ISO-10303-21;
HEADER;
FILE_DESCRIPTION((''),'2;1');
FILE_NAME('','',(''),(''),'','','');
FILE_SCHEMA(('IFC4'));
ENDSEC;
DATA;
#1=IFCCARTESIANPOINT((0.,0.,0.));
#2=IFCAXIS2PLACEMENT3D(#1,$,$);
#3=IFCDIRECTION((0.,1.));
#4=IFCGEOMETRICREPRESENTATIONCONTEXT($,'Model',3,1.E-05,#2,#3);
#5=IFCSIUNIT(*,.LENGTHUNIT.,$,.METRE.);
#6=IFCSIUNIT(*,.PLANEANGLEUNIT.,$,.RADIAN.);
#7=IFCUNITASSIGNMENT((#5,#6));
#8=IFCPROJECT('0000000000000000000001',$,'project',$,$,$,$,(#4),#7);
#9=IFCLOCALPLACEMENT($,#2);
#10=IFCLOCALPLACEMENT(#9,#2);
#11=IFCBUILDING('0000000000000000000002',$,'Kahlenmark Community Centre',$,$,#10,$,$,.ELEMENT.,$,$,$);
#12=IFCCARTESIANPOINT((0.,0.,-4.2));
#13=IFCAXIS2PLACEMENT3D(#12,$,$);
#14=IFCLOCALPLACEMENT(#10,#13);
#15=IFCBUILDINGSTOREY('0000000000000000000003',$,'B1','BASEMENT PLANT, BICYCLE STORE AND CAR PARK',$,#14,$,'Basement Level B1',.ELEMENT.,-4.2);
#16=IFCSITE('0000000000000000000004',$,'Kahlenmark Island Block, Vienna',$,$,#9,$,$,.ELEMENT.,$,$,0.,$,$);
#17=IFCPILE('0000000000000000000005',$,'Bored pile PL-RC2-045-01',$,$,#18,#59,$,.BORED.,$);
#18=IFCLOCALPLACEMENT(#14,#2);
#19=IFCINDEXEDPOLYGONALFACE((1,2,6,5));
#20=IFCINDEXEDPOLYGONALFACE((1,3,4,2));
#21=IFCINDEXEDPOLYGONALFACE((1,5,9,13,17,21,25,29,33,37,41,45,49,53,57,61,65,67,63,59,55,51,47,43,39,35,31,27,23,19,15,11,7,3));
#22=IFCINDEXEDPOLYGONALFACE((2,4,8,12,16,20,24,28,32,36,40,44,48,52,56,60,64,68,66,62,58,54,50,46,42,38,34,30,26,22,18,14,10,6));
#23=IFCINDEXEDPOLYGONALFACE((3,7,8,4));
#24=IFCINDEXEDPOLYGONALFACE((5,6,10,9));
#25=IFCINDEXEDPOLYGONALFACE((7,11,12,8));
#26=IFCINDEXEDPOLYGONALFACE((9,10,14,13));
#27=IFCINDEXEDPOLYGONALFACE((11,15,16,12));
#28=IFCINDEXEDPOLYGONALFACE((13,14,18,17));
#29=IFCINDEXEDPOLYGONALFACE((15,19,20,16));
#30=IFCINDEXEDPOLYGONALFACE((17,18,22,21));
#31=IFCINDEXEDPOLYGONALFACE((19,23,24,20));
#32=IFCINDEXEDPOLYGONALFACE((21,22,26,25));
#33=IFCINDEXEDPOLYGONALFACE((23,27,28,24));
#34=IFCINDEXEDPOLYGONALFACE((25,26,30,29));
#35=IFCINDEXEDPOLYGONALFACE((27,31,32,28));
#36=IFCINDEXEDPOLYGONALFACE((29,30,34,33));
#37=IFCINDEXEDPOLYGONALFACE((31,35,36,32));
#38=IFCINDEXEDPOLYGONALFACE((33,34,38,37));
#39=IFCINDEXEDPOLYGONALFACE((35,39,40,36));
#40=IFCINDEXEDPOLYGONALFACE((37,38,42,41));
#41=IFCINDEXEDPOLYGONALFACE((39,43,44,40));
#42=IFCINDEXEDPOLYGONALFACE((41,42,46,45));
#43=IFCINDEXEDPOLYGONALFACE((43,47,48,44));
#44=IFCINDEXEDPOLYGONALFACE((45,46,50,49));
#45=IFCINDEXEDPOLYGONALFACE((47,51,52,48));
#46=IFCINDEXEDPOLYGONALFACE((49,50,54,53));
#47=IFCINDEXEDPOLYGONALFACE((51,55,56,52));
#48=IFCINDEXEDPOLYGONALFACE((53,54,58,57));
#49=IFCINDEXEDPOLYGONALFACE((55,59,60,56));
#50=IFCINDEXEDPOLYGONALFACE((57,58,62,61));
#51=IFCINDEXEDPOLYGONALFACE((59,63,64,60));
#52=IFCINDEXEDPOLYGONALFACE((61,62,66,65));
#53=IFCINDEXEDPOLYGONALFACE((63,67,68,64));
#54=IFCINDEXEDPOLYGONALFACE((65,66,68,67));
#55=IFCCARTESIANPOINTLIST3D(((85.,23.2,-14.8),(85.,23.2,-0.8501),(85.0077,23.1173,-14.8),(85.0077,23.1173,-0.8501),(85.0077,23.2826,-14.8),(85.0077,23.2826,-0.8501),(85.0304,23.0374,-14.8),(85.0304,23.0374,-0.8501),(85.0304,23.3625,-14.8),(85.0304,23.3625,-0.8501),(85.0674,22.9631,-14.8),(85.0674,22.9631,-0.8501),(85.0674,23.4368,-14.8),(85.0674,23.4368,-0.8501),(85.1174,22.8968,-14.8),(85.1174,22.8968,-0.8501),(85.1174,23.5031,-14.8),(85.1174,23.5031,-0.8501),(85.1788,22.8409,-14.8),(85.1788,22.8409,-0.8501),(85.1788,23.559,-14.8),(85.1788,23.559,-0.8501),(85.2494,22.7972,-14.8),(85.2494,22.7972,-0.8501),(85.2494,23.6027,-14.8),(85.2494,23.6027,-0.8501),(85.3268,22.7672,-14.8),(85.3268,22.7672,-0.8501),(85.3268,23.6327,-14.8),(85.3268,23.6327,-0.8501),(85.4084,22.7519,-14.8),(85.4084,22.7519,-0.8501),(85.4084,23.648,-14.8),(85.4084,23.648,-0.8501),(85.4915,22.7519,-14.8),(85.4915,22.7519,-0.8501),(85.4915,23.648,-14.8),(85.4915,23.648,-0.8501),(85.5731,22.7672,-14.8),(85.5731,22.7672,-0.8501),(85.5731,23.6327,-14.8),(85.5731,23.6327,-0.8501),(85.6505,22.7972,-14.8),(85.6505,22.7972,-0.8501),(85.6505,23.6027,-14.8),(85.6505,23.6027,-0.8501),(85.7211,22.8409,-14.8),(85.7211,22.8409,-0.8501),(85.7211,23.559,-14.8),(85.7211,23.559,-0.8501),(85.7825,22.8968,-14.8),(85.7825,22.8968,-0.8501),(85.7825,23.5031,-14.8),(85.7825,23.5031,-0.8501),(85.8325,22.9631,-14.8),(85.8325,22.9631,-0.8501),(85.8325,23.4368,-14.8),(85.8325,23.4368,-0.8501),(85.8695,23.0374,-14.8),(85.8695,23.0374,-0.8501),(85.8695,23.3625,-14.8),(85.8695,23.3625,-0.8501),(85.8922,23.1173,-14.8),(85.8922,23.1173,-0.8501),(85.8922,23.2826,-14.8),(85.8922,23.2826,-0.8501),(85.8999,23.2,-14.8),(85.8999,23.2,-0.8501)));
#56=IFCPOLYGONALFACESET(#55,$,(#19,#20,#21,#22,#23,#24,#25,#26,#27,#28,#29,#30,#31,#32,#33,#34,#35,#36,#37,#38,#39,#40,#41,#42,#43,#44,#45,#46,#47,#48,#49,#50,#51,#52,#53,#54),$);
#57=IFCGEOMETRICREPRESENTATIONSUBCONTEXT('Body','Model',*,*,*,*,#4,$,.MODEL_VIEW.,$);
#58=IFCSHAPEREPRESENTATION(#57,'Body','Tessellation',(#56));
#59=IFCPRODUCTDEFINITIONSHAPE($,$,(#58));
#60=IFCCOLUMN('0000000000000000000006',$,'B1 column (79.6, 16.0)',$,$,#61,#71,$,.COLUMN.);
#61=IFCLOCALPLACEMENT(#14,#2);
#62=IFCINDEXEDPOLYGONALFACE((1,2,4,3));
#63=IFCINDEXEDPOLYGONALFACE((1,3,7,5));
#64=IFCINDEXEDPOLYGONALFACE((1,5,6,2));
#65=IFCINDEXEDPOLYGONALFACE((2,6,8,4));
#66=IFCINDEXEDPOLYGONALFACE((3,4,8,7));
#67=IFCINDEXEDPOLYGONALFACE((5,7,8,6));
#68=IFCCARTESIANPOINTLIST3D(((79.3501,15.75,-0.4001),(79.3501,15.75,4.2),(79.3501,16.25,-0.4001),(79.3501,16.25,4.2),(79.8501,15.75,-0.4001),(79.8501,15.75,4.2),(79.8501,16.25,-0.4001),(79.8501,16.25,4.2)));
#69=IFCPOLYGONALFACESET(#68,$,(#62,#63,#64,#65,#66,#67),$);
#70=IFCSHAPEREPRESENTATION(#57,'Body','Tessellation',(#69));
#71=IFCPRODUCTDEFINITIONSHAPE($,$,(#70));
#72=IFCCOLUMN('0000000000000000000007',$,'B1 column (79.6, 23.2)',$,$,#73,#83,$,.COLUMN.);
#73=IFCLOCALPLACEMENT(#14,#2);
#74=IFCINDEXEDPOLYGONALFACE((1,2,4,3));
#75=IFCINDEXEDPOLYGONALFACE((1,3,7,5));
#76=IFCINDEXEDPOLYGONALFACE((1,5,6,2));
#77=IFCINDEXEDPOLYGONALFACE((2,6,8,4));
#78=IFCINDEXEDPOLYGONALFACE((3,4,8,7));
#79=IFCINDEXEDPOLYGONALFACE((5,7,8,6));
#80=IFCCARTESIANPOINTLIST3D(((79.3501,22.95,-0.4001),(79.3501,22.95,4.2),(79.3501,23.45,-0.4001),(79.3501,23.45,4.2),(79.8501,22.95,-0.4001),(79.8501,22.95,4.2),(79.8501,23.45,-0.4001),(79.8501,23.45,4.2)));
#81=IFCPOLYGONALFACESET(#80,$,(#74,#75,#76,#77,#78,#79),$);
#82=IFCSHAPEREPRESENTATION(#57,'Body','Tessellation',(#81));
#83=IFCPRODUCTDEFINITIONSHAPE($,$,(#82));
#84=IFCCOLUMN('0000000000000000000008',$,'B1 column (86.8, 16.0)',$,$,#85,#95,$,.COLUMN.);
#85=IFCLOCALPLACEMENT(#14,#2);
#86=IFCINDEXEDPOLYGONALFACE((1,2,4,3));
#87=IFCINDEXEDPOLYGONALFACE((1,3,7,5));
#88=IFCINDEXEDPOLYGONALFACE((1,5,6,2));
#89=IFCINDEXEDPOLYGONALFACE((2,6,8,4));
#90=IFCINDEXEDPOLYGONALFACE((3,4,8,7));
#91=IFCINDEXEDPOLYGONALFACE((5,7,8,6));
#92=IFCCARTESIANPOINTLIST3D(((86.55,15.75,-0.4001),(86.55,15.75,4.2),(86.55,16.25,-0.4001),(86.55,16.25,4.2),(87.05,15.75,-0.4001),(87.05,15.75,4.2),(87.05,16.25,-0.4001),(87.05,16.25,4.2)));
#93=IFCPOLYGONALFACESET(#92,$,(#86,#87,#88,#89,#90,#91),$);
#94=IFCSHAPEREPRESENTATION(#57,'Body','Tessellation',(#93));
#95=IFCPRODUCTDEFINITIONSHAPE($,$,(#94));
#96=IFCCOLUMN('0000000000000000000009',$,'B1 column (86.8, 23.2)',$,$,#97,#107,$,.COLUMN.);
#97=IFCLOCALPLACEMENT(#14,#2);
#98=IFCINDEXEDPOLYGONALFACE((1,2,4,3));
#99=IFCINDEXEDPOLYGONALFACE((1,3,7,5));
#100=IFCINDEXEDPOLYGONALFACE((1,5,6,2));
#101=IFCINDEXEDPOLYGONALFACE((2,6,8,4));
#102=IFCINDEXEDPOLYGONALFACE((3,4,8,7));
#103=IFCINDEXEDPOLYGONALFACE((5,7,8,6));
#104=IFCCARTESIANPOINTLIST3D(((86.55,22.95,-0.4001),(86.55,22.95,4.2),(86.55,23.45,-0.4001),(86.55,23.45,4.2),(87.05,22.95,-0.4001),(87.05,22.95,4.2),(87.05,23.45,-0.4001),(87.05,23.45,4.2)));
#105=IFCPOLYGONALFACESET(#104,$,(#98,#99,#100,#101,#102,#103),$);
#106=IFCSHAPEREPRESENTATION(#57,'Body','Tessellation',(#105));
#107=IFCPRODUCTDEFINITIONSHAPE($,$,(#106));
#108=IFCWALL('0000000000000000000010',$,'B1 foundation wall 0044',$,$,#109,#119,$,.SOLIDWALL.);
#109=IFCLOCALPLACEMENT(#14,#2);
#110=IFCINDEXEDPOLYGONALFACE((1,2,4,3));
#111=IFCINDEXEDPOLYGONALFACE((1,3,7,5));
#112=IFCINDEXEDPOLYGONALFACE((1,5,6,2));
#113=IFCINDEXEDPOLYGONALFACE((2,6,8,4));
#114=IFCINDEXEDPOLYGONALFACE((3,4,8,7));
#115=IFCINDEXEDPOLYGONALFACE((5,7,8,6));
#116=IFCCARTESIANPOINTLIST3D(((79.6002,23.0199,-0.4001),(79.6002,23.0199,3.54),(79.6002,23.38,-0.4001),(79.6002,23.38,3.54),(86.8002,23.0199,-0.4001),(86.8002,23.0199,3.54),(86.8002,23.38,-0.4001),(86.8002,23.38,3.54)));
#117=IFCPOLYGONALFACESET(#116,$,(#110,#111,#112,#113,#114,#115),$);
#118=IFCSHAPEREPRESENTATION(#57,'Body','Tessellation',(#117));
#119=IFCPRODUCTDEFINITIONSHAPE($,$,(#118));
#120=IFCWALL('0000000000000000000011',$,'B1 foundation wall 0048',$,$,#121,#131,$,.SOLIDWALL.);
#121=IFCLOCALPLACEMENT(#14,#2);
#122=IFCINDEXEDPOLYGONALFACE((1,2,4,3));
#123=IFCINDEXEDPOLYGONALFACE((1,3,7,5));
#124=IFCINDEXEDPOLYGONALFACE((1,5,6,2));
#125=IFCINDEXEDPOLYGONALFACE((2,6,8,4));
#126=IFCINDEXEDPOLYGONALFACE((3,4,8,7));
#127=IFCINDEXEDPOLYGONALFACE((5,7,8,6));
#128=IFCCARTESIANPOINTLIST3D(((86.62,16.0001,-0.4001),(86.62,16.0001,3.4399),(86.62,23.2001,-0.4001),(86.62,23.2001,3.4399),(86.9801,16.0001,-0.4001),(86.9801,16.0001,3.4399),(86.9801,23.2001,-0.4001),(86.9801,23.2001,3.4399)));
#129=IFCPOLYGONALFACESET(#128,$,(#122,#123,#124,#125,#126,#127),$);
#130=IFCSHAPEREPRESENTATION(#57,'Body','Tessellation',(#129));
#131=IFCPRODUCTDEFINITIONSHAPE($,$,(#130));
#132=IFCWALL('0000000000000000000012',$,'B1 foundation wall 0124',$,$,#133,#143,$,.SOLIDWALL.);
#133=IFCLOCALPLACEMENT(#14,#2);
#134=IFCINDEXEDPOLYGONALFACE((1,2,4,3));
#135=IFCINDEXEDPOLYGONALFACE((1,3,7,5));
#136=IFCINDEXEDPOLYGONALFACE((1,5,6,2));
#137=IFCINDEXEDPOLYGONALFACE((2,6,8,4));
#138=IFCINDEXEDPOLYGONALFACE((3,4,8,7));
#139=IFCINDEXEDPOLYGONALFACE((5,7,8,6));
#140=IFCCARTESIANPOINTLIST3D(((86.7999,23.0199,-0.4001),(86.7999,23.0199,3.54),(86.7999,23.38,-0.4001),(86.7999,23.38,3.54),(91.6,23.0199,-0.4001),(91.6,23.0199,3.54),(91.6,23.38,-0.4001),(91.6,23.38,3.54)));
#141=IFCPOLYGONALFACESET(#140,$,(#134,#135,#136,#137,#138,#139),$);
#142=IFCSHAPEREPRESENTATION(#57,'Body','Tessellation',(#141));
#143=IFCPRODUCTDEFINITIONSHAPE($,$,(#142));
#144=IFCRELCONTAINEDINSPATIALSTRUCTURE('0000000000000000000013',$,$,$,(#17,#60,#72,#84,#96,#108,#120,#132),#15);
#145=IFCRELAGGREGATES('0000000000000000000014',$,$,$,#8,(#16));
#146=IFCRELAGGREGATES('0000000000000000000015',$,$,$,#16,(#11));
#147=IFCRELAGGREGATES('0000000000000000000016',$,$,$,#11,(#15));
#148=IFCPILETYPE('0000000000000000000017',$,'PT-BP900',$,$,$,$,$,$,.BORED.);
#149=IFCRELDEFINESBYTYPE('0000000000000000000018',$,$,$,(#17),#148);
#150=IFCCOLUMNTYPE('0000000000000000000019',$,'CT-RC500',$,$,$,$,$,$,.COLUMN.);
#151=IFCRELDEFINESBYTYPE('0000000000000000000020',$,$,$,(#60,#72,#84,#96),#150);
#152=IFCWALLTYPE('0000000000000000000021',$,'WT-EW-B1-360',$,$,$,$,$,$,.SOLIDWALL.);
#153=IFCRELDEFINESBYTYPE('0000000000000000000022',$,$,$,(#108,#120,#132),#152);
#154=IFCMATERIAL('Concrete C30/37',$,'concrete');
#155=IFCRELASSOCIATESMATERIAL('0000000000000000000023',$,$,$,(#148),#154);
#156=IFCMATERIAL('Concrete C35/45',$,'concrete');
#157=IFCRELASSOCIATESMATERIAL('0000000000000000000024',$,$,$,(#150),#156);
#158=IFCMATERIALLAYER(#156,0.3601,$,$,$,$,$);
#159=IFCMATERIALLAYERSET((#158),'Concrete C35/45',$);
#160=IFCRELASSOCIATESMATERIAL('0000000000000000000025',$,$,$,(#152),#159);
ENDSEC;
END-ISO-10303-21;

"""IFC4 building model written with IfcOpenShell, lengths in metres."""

from ifc_helpers import new_model, si_unit, direction, frame, frame_2d, origin, origin_2d, place, context, subcontext, project, spatial, rectangle, circle, extrude, material, layer, layer_set, material_profile, profile_set, type_object, element, save


model = new_model("IFC4")

# Units and contexts
model_context = context("Model", 3, precision=1e-05, world=origin(), true_north=direction((0.0, 1.0)))
body_context = subcontext(model_context, "Body", "Model", "MODEL_VIEW")
ifc_project = project(units=[si_unit("LENGTHUNIT", "METRE"), si_unit("PLANEANGLEUNIT", "RADIAN")], contexts=[model_context])

# Site, building, storey
site_placement = place(None, origin())
site = spatial("IfcSite", under=ifc_project, at=site_placement, Name="Kahlenmark Island Block, Vienna", CompositionType="ELEMENT", RefElevation=0.0)
building_placement = place(site_placement, origin())
building = spatial("IfcBuilding", under=site, at=building_placement, Name="Kahlenmark Community Centre", CompositionType="ELEMENT")
storey_placement = place(building_placement, frame((0.0, 0.0, -4.2)))
storey = spatial("IfcBuildingStorey", under=building, at=storey_placement, Name="B1", Description="BASEMENT PLANT, BICYCLE STORE AND CAR PARK", LongName="Basement Level B1", CompositionType="ELEMENT", Elevation=-4.2)

# Shared definitions
ifc_material_1 = material(Name="Concrete C30/37", Category="concrete")

# Pile
ifc_material_profile_1 = material_profile(ifc_material_1, circle(Radius=0.45, at=origin_2d()), Name="BORED PILE 900")
ifc_profile_set_1 = profile_set([ifc_material_profile_1], Name="Concrete C30/37")
pile_type_1 = type_object("IfcPileType", Name="PT-BP900", PredefinedType="BORED", material=ifc_profile_set_1)
for number, where, z_axis, x_axis, name in (
    (1, (85.45, 23.2, -0.8501), (0.0, 0.0, -1.0), (1.0, 0.0, 0.0), "Bored pile PL-RC2-045-01"),
):
    element("IfcPile", number, at=place(storey_placement, frame(where, z_axis=z_axis, x_axis=x_axis)), inside=storey, type_object=pile_type_1, Name=name, PredefinedType="BORED", context=body_context, shape_type="SweptSolid", body=[
        extrude(circle(Radius=0.45, at=origin_2d()), origin(), (0.0, 0.0, 1.0), 13.95),
    ])

# Columns
ifc_material_2 = material(Name="Concrete C35/45", Category="concrete")
ifc_material_profile_2 = material_profile(ifc_material_2, rectangle(XDim=0.5, YDim=0.5, at=origin_2d()), Name="RC 500x500")
ifc_profile_set_2 = profile_set([ifc_material_profile_2], Name="Concrete C35/45")
column_type = type_object("IfcColumnType", Name="CT-RC500", PredefinedType="COLUMN", material=ifc_profile_set_2)
for number, where, z_axis, x_axis, name in (
    (2, (79.6001, 16.0, -0.4001), (0.0, 0.0, 1.0), (1.0, 0.0, 0.0), "B1 column (79.6, 16.0)"),
    (3, (79.6001, 23.2, -0.4001), (0.0, 0.0, 1.0), (1.0, 0.0, 0.0), "B1 column (79.6, 23.2)"),
    (4, (86.8, 16.0, -0.4001), (0.0, 0.0, 1.0), (1.0, 0.0, 0.0), "B1 column (86.8, 16.0)"),
    (5, (86.8, 23.2, -0.4001), (0.0, 0.0, 1.0), (1.0, 0.0, 0.0), "B1 column (86.8, 23.2)"),
):
    element("IfcColumn", number, at=place(storey_placement, frame(where, z_axis=z_axis, x_axis=x_axis)), inside=storey, type_object=column_type, Name=name, PredefinedType="COLUMN", context=body_context, shape_type="SweptSolid", body=[
        extrude(rectangle(XDim=0.5, YDim=0.5, at=origin_2d()), origin(), (0.0, 0.0, 1.0), 4.6001),
    ])

# Walls
ifc_layer = layer(ifc_material_2, 0.3601)
ifc_layer_set = layer_set([ifc_layer], Name="Concrete C35/45")
wall_type = type_object("IfcWallType", Name="WT-EW-B1-360", PredefinedType="SOLIDWALL", material=ifc_layer_set)
wall_1_placement = place(storey_placement, frame((79.6001, 23.2, -0.4001), z_axis=(0.0, 0.0, 1.0), x_axis=(1.0, 0.0, 0.0)))
element("IfcWall", 6, at=wall_1_placement, inside=storey, type_object=wall_type, Name="B1 foundation wall 0044", PredefinedType="SOLIDWALL", context=body_context, shape_type="SweptSolid", body=[
    extrude(rectangle(XDim=7.2, YDim=0.3601, at=frame_2d((3.6001, 0.0))), origin(), (0.0, 0.0, 1.0), 3.9402),
])
wall_2_placement = place(storey_placement, frame((86.8, 16.0, -0.4001), z_axis=(0.0, 0.0, 1.0), x_axis=(0.0, 1.0, 0.0)))
element("IfcWall", 7, at=wall_2_placement, inside=storey, type_object=wall_type, Name="B1 foundation wall 0048", PredefinedType="SOLIDWALL", context=body_context, shape_type="SweptSolid", body=[
    extrude(rectangle(XDim=7.2, YDim=0.3601, at=frame_2d((3.6001, 0.0))), origin(), (0.0, 0.0, 1.0), 3.8401),
])
wall_3_placement = place(storey_placement, frame((86.8, 23.2, -0.4001), z_axis=(0.0, 0.0, 1.0), x_axis=(1.0, 0.0, 0.0)))
element("IfcWall", 8, at=wall_3_placement, inside=storey, type_object=wall_type, Name="B1 foundation wall 0124", PredefinedType="SOLIDWALL", context=body_context, shape_type="SweptSolid", body=[
    extrude(rectangle(XDim=4.8, YDim=0.3601, at=frame_2d((2.3999, 0.0))), origin(), (0.0, 0.0, 1.0), 3.9402),
])

save(model, "model.ifc")
